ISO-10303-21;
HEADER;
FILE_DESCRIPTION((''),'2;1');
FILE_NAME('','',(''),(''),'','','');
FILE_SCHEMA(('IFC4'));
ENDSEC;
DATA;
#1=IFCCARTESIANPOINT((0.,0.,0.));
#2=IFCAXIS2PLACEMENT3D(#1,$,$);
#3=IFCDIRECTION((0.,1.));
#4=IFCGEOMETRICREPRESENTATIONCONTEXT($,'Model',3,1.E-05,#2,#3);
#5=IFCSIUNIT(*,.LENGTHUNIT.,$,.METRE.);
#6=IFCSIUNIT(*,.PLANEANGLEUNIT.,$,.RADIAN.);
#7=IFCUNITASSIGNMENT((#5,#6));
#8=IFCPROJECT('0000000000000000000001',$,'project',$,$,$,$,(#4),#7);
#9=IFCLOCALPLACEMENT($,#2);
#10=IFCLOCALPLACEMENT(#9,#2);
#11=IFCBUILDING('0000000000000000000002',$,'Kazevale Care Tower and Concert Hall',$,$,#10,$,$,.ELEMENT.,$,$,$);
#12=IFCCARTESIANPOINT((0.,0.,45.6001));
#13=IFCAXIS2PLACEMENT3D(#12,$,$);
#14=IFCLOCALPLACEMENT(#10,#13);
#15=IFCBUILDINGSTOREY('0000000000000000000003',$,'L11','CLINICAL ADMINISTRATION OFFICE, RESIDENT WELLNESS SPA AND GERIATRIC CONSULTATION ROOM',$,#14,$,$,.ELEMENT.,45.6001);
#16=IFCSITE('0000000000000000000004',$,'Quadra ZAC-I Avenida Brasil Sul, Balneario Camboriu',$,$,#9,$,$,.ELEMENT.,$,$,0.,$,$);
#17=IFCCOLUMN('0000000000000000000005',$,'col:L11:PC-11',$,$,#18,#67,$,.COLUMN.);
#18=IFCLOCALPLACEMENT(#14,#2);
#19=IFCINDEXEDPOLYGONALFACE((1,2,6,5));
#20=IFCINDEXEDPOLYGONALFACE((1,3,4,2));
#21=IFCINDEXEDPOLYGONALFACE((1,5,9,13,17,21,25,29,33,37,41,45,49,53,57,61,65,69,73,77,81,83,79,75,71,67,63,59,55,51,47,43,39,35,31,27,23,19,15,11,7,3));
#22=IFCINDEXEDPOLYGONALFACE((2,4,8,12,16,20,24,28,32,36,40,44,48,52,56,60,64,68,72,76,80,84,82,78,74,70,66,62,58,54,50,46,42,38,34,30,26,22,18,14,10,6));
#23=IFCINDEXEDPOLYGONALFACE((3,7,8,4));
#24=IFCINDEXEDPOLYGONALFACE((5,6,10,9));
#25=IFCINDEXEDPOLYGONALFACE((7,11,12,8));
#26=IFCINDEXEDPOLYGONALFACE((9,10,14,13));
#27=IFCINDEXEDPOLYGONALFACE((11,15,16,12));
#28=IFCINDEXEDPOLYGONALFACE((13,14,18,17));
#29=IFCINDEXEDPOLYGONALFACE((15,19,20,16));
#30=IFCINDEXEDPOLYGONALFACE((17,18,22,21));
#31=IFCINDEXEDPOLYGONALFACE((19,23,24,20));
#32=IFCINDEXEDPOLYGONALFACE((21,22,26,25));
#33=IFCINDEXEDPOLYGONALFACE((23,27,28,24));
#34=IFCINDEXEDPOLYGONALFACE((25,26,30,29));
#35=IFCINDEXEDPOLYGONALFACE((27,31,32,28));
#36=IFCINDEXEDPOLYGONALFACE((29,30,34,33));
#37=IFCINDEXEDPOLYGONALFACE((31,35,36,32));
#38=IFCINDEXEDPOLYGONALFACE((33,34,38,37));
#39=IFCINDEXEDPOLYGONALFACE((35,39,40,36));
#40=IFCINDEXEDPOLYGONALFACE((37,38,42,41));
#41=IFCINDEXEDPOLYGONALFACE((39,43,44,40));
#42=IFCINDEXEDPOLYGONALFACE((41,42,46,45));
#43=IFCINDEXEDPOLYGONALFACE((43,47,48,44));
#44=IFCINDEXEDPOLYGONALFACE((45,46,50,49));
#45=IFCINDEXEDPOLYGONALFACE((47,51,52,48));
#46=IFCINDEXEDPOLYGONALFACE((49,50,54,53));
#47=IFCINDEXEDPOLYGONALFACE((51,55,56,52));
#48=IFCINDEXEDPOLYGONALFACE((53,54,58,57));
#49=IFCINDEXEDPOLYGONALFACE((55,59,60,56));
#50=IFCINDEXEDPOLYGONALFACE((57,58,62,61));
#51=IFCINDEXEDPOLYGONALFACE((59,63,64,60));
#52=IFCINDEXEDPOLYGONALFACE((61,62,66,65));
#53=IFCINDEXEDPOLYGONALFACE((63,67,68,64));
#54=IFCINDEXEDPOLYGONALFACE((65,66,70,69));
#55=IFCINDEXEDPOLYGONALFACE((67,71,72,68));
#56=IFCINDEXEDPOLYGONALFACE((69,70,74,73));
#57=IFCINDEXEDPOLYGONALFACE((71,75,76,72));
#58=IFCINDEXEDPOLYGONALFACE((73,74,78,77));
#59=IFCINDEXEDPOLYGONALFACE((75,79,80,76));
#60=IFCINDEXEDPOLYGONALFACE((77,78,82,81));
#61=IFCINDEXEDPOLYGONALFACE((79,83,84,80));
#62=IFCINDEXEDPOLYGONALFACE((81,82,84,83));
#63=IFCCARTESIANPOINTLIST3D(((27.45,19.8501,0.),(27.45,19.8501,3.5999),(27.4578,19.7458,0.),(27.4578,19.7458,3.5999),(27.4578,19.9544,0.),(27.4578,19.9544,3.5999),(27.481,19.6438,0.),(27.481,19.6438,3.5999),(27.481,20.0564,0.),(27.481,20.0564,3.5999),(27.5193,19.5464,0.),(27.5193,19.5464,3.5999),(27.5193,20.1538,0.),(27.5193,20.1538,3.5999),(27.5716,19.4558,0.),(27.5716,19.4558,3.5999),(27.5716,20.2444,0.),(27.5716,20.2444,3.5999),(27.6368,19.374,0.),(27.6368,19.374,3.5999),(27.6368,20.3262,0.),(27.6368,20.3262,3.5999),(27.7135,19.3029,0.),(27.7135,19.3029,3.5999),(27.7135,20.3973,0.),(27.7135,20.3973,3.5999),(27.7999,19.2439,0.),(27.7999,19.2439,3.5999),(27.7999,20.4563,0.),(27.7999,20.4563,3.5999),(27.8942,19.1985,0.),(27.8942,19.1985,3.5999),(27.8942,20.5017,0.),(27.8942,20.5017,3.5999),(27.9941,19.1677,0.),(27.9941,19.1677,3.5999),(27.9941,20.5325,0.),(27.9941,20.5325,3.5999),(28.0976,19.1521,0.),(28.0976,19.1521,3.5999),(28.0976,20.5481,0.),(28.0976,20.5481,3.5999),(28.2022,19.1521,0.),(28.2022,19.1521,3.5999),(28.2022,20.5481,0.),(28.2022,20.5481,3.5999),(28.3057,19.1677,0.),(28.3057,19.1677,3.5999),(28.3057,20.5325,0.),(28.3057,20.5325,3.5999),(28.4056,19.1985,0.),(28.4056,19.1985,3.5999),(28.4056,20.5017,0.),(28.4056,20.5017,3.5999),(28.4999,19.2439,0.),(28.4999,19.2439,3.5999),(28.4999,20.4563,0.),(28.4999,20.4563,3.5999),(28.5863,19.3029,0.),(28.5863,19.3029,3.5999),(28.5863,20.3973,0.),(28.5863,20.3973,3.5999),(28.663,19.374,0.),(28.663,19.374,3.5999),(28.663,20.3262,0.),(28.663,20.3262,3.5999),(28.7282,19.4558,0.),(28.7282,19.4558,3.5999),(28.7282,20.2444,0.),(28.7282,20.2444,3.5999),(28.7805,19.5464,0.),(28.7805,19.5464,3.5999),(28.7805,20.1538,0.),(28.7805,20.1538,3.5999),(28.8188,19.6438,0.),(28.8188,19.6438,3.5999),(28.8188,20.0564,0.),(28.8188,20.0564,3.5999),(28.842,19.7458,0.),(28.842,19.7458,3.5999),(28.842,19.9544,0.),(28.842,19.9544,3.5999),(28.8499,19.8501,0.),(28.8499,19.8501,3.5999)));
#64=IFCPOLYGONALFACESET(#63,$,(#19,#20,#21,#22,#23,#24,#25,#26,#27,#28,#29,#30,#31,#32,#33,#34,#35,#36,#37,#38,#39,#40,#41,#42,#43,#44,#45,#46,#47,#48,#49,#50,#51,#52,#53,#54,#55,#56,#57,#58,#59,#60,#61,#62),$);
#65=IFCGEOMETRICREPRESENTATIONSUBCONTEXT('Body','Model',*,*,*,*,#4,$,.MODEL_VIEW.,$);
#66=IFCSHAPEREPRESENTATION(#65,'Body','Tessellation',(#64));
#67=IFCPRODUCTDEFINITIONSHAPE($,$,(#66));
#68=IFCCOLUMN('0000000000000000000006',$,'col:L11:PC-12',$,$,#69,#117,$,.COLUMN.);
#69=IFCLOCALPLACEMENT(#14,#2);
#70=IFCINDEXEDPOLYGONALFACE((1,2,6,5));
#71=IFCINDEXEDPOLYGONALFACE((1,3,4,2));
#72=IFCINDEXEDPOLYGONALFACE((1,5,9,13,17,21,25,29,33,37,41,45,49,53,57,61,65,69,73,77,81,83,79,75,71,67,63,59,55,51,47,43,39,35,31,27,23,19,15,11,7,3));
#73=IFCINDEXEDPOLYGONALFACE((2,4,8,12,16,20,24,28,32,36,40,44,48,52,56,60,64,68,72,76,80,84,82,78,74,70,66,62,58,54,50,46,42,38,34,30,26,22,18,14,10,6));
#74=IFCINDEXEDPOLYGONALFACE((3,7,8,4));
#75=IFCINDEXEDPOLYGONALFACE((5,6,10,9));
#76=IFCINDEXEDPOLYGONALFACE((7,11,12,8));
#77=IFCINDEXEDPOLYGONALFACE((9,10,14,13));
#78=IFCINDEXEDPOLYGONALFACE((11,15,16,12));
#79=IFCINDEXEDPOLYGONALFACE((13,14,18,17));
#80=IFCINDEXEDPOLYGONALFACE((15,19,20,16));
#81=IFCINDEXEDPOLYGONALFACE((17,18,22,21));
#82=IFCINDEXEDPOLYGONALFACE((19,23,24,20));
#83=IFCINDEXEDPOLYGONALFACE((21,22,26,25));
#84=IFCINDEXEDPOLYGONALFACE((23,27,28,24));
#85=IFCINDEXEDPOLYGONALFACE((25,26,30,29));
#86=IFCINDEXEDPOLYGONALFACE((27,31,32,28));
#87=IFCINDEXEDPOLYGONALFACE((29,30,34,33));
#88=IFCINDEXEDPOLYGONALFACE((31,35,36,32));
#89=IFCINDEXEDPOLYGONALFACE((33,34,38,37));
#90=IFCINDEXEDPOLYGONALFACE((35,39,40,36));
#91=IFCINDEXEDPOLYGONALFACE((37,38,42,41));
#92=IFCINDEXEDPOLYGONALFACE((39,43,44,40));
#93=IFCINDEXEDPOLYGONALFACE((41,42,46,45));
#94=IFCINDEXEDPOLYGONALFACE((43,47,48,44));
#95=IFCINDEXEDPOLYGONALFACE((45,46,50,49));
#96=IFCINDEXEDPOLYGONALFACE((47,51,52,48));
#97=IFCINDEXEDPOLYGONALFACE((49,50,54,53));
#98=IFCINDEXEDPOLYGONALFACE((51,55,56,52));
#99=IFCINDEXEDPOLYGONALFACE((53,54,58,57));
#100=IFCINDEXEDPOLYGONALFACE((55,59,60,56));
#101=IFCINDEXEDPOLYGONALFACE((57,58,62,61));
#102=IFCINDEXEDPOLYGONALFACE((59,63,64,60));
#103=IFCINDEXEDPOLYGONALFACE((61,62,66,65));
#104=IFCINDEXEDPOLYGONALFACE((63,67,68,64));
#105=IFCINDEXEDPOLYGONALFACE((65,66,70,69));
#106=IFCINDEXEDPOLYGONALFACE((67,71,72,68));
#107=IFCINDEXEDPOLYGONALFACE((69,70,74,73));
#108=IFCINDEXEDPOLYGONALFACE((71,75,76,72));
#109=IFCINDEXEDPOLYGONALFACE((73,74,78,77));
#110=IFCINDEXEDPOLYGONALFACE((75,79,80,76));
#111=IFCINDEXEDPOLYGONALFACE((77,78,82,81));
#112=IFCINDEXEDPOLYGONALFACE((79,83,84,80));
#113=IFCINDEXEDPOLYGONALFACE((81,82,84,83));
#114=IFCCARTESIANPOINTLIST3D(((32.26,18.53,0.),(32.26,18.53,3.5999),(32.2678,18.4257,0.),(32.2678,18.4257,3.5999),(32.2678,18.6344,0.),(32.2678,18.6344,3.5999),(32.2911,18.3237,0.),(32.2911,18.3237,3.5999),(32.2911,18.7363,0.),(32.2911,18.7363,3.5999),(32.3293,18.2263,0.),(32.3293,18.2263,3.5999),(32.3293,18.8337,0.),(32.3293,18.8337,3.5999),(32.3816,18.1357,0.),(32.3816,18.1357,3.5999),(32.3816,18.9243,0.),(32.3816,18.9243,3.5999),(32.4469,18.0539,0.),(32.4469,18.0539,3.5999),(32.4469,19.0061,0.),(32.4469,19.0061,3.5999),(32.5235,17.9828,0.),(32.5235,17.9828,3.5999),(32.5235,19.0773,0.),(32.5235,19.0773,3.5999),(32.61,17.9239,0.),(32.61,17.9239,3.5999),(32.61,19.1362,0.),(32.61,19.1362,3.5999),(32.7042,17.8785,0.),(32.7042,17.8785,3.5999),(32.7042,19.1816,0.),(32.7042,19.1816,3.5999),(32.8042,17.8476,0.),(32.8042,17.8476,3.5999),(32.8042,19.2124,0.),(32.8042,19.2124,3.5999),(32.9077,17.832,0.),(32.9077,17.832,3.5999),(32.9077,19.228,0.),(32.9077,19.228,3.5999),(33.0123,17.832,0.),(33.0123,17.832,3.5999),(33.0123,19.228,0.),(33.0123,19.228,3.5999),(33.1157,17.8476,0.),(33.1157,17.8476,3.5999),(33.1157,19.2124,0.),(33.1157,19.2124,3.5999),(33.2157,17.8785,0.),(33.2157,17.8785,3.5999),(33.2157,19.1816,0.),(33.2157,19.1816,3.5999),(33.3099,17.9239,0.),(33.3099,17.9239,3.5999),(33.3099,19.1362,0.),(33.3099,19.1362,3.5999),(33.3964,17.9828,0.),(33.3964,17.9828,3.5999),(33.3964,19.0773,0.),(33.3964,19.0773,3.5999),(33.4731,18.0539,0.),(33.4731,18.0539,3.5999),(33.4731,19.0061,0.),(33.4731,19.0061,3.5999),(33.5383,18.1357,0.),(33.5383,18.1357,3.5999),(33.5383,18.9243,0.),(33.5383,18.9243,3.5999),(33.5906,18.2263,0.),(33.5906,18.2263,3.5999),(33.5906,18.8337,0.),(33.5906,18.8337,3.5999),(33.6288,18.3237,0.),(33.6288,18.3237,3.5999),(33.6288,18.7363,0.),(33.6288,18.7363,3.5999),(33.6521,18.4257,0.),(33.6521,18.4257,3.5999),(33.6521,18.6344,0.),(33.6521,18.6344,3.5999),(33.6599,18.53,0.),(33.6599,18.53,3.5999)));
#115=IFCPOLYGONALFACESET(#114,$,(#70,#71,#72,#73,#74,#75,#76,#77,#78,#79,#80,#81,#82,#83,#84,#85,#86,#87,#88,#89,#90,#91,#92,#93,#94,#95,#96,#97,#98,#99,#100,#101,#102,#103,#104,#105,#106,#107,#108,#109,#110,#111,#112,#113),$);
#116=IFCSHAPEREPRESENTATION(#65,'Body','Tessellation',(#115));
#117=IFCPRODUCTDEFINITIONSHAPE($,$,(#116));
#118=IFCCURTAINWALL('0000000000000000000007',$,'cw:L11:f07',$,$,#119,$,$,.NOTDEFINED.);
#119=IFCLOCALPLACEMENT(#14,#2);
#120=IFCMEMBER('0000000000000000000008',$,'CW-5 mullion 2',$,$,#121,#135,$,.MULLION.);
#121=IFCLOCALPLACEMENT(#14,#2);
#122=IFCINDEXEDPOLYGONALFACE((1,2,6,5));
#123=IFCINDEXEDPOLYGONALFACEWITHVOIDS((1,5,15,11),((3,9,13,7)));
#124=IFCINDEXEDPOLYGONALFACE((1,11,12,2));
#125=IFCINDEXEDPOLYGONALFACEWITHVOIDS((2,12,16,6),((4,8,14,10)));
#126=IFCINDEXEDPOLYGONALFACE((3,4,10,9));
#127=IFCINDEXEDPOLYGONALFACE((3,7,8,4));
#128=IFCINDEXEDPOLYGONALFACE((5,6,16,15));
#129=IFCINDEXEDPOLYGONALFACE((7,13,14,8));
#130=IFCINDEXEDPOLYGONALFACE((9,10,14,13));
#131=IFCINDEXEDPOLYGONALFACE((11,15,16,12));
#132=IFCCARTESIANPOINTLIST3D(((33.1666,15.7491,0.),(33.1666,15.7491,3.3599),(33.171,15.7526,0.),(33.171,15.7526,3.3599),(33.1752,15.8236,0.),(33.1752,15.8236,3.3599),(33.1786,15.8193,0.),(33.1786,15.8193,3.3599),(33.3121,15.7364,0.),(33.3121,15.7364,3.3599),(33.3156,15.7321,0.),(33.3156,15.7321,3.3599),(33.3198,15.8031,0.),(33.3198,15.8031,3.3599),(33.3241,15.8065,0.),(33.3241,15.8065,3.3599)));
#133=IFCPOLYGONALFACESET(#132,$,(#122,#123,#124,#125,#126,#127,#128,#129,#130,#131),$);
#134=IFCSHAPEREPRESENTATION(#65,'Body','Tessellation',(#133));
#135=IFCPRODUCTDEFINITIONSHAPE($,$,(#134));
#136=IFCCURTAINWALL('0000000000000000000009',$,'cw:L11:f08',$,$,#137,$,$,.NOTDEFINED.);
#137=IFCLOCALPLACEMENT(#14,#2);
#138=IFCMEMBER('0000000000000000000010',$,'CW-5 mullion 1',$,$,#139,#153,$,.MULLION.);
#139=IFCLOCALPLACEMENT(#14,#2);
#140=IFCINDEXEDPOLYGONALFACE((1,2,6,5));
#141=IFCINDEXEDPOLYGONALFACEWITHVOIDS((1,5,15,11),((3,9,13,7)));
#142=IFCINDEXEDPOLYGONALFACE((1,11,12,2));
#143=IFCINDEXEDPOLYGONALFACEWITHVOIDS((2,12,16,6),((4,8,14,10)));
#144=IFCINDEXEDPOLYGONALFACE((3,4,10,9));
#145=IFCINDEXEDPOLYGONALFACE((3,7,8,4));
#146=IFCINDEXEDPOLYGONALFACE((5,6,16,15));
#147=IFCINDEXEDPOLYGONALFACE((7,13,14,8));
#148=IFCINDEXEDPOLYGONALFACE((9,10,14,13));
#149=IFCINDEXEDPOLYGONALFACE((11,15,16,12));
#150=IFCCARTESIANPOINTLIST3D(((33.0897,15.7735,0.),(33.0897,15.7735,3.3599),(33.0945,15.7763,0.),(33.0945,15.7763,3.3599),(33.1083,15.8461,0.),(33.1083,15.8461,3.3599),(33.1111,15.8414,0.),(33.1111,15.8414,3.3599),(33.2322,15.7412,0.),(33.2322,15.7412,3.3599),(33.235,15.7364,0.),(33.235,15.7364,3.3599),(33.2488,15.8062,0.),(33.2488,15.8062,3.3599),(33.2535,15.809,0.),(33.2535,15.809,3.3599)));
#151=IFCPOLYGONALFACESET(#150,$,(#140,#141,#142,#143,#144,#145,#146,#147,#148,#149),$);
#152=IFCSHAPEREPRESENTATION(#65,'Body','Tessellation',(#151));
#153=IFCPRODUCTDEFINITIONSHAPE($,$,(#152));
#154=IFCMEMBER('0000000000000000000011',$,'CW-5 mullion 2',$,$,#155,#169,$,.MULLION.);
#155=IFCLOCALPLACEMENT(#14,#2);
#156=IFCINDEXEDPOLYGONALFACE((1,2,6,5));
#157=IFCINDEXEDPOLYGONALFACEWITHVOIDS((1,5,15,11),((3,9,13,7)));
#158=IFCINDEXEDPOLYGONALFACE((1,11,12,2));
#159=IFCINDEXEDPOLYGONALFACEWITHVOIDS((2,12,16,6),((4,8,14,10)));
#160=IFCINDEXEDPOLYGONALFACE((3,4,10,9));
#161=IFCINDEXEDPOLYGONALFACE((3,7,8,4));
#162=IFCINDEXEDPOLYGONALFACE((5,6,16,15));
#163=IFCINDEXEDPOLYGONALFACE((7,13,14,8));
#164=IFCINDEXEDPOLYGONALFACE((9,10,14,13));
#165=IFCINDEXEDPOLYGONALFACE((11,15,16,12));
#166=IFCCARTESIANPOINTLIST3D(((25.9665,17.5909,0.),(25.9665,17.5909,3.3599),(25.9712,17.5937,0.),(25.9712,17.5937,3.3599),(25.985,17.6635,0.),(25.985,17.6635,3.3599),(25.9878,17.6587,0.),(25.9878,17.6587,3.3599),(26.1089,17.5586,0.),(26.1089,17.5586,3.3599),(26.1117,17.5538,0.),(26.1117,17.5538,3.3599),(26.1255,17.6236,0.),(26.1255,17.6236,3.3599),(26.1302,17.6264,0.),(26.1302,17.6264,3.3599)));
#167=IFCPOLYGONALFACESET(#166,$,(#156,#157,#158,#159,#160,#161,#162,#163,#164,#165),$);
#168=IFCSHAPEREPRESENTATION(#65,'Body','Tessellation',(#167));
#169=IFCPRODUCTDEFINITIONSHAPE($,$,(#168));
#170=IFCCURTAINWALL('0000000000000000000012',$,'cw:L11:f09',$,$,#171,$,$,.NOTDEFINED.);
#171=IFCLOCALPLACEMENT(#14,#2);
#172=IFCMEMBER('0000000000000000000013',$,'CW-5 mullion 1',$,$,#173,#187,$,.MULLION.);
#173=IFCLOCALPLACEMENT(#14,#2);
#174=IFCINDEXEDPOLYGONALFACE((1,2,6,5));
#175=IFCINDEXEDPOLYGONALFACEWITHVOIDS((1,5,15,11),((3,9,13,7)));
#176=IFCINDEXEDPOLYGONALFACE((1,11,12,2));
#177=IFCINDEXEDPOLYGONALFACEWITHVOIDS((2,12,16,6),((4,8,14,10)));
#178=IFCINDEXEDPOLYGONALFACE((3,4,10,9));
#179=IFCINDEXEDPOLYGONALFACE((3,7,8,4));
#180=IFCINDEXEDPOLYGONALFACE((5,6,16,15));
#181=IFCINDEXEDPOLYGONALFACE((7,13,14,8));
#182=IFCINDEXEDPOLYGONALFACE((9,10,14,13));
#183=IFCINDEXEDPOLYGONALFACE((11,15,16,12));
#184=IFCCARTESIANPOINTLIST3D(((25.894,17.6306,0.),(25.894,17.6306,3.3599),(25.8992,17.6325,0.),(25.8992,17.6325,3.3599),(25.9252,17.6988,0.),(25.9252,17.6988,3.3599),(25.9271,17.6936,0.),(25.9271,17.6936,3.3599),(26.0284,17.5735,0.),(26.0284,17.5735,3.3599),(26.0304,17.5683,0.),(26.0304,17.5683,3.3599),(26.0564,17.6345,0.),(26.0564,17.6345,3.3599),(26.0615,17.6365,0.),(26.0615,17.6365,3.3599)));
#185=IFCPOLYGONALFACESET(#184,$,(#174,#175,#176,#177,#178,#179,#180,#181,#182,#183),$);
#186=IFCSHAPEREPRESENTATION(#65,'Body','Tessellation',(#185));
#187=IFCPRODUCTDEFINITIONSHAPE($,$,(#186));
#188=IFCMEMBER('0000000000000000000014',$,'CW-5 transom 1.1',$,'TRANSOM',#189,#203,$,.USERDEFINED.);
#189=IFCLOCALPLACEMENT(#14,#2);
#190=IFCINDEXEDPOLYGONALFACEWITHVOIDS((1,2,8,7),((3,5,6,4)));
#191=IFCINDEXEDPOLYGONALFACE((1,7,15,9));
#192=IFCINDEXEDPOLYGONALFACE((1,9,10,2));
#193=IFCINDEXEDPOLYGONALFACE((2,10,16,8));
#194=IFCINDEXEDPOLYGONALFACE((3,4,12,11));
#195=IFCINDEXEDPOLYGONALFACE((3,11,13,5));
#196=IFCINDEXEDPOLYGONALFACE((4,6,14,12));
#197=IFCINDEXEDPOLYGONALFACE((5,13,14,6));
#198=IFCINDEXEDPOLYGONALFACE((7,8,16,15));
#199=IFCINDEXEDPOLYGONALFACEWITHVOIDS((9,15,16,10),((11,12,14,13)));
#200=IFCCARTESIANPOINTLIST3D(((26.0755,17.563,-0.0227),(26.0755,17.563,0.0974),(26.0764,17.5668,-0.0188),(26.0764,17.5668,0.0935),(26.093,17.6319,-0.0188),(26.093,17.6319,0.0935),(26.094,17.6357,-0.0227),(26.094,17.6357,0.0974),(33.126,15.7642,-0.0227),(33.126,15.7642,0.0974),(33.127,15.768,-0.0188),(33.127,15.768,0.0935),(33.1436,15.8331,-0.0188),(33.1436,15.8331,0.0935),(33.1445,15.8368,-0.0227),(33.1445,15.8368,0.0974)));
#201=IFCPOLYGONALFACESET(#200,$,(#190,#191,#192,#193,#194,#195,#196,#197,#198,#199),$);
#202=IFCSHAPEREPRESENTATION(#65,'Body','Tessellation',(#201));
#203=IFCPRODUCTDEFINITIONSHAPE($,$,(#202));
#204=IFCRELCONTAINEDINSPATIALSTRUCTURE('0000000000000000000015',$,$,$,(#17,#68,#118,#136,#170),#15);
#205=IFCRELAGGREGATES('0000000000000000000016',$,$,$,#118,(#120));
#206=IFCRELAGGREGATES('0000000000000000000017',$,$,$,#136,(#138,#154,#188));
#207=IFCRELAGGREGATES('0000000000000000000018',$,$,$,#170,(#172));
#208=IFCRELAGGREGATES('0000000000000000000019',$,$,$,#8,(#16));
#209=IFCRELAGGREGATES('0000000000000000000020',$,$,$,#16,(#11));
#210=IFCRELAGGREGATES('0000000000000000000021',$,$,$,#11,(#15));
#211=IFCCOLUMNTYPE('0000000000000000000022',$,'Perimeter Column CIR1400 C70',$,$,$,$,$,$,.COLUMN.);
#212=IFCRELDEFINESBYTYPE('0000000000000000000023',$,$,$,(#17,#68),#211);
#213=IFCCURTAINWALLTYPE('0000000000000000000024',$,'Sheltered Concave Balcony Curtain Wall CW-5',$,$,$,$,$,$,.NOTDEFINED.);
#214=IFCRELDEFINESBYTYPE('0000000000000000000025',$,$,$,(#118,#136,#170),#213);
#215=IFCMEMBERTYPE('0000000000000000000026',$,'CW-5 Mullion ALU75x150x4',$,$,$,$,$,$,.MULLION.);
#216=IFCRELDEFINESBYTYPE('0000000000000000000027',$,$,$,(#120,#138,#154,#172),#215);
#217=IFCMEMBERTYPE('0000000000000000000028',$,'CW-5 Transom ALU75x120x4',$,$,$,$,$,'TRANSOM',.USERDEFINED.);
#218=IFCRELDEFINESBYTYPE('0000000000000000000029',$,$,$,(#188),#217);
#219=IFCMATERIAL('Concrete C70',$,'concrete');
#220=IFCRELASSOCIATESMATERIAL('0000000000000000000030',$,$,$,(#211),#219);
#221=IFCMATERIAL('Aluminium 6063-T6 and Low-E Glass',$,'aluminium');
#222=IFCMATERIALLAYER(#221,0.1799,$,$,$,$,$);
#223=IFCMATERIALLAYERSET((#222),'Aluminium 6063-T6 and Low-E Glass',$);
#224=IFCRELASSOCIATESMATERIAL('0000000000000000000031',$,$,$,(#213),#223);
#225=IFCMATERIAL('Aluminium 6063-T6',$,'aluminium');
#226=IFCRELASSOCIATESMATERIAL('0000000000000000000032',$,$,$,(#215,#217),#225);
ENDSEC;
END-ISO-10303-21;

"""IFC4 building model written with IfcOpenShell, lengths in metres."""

from ifc_helpers import new_model, si_unit, direction, frame, origin, origin_2d, place, context, subcontext, project, spatial, hollow_rectangle, circle, extrude, material, layer, layer_set, material_profile, profile_set, type_object, element, aggregate, save


model = new_model("IFC4")

# Units and contexts
model_context = context("Model", 3, precision=1e-05, world=origin(), true_north=direction((0.0, 1.0)))
body_context = subcontext(model_context, "Body", "Model", "MODEL_VIEW")
ifc_project = project(units=[si_unit("LENGTHUNIT", "METRE"), si_unit("PLANEANGLEUNIT", "RADIAN")], contexts=[model_context])

# Site, building, storey
site_placement = place(None, origin())
site = spatial("IfcSite", under=ifc_project, at=site_placement, Name="Quadra ZAC-I Avenida Brasil Sul, Balneario Camboriu", CompositionType="ELEMENT", RefElevation=0.0)
building_placement = place(site_placement, origin())
building = spatial("IfcBuilding", under=site, at=building_placement, Name="Kazevale Care Tower and Concert Hall", CompositionType="ELEMENT")
storey_placement = place(building_placement, frame((0.0, 0.0, 45.6001)))
storey = spatial("IfcBuildingStorey", under=building, at=storey_placement, Name="L11", Description="CLINICAL ADMINISTRATION OFFICE, RESIDENT WELLNESS SPA AND GERIATRIC CONSULTATION ROOM", CompositionType="ELEMENT", Elevation=45.6001)

# Columns
ifc_material_1 = material(Name="Concrete C70", Category="concrete")
ifc_material_profile_1 = material_profile(ifc_material_1, circle(Radius=0.7, at=origin_2d()), Name="RC-CIR1400")
ifc_profile_set_1 = profile_set([ifc_material_profile_1], Name="Concrete C70")
column_type = type_object("IfcColumnType", Name="Perimeter Column CIR1400 C70", PredefinedType="COLUMN", material=ifc_profile_set_1)
for number, where, z_axis, x_axis, name in (
    (1, (28.1499, 19.8501, 0.0), (0.0, 0.0, 1.0), (1.0, 0.0, 0.0), "col:L11:PC-11"),
    (2, (32.96, 18.53, 0.0), (0.0, 0.0, 1.0), (1.0, 0.0, 0.0), "col:L11:PC-12"),
):
    element("IfcColumn", number, at=place(storey_placement, frame(where, z_axis=z_axis, x_axis=x_axis)), inside=storey, type_object=column_type, Name=name, PredefinedType="COLUMN", context=body_context, shape_type="SweptSolid", body=[
        extrude(circle(Radius=0.7, at=origin_2d()), origin(), (0.0, 0.0, 1.0), 3.5999),
    ])

# Curtain wall, member
ifc_material_2 = material(Name="Aluminium 6063-T6 and Low-E Glass", Category="aluminium")
ifc_layer_1 = layer(ifc_material_2, 0.1799)
ifc_layer_set_1 = layer_set([ifc_layer_1], Name="Aluminium 6063-T6 and Low-E Glass")
curtain_wall_type = type_object("IfcCurtainWallType", Name="Sheltered Concave Balcony Curtain Wall CW-5", PredefinedType="NOTDEFINED", material=ifc_layer_set_1)
curtain_wall_1_placement = place(storey_placement, origin())
curtain_wall_1 = element("IfcCurtainWall", 3, at=curtain_wall_1_placement, inside=storey, type_object=curtain_wall_type, Name="cw:L11:f07", PredefinedType="NOTDEFINED")
ifc_material_3 = material(Name="Aluminium 6063-T6", Category="aluminium")
ifc_material_profile_2 = material_profile(ifc_material_3, hollow_rectangle(XDim=0.075, YDim=0.1499, WallThickness=0.0039, at=origin_2d()), Name="ALU75x150x4")
ifc_profile_set_2 = profile_set([ifc_material_profile_2], Name="Aluminium 6063-T6")
member_type_1 = type_object("IfcMemberType", Name="CW-5 Mullion ALU75x150x4", PredefinedType="MULLION", material=ifc_profile_set_2)
member_1_placement = place(storey_placement, frame((33.2454, 15.7778, 0.0), z_axis=(0.0, 0.0, 1.0), x_axis=(-0.113705, -0.993515, 0.0)))
member_1 = element("IfcMember", 4, at=member_1_placement, type_object=member_type_1, Name="CW-5 mullion 2", PredefinedType="MULLION", context=body_context, shape_type="SweptSolid", body=[
    extrude(hollow_rectangle(XDim=0.075, YDim=0.1499, WallThickness=0.0039, at=origin_2d()), origin(), (0.0, 0.0, 1.0), 3.3599),
])
aggregate(curtain_wall_1, [member_1])

# Curtain wall, members
curtain_wall_2_placement = place(storey_placement, origin())
curtain_wall_2 = element("IfcCurtainWall", 5, at=curtain_wall_2_placement, inside=storey, type_object=curtain_wall_type, Name="cw:L11:f08", PredefinedType="NOTDEFINED")
member_2_placement = place(storey_placement, frame((33.1716, 15.7913, 0.0), z_axis=(0.0, 0.0, 1.0), x_axis=(-0.247222, -0.968959, 0.0)))
member_2 = element("IfcMember", 6, at=member_2_placement, type_object=member_type_1, Name="CW-5 mullion 1", PredefinedType="MULLION", context=body_context, shape_type="SweptSolid", body=[
    extrude(hollow_rectangle(XDim=0.075, YDim=0.1499, WallThickness=0.0039, at=origin_2d()), origin(), (0.0, 0.0, 1.0), 3.3599),
])
member_3_placement = place(storey_placement, frame((26.0483, 17.6086, 0.0), z_axis=(0.0, 0.0, 1.0), x_axis=(-0.247222, -0.968959, 0.0)))
member_3 = element("IfcMember", 7, at=member_3_placement, type_object=member_type_1, Name="CW-5 mullion 2", PredefinedType="MULLION", context=body_context, shape_type="SweptSolid", body=[
    extrude(hollow_rectangle(XDim=0.075, YDim=0.1499, WallThickness=0.0039, at=origin_2d()), origin(), (0.0, 0.0, 1.0), 3.3599),
])

# Curtain wall, member
curtain_wall_3_placement = place(storey_placement, origin())
curtain_wall_3 = element("IfcCurtainWall", 8, at=curtain_wall_3_placement, inside=storey, type_object=curtain_wall_type, Name="cw:L11:f09", PredefinedType="NOTDEFINED")
member_4_placement = place(storey_placement, frame((25.9778, 17.6335, 0.0), z_axis=(0.0, 0.0, 1.0), x_axis=(-0.41566, -0.90952, 0.0)))
member_4 = element("IfcMember", 9, at=member_4_placement, type_object=member_type_1, Name="CW-5 mullion 1", PredefinedType="MULLION", context=body_context, shape_type="SweptSolid", body=[
    extrude(hollow_rectangle(XDim=0.075, YDim=0.1499, WallThickness=0.0039, at=origin_2d()), origin(), (0.0, 0.0, 1.0), 3.3599),
])

# Member
ifc_material_profile_3 = material_profile(ifc_material_3, hollow_rectangle(XDim=0.075, YDim=0.1201, WallThickness=0.0039, at=origin_2d()), Name="ALU75x120x4")
ifc_profile_set_3 = profile_set([ifc_material_profile_3], Name="Aluminium 6063-T6")
member_type_2 = type_object("IfcMemberType", Name="CW-5 Transom ALU75x120x4", ElementType="TRANSOM", PredefinedType="USERDEFINED", material=ifc_profile_set_3)
member_5_placement = place(storey_placement, frame((33.1353, 15.8005, 0.0374), z_axis=(-0.968961, 0.247214, 0.0), x_axis=(-0.247214, -0.968961, 0.0)))
member_5 = element("IfcMember", 10, at=member_5_placement, type_object=member_type_2, Name="CW-5 transom 1.1", ObjectType="TRANSOM", PredefinedType="USERDEFINED", context=body_context, shape_type="SweptSolid", body=[
    extrude(hollow_rectangle(XDim=0.075, YDim=0.1201, WallThickness=0.0039, at=origin_2d()), origin(), (0.0, 0.0, 1.0), 7.2764),
])

aggregate(curtain_wall_2, [member_2, member_3, member_5])
aggregate(curtain_wall_3, [member_4])

save(model, "model.ifc")
